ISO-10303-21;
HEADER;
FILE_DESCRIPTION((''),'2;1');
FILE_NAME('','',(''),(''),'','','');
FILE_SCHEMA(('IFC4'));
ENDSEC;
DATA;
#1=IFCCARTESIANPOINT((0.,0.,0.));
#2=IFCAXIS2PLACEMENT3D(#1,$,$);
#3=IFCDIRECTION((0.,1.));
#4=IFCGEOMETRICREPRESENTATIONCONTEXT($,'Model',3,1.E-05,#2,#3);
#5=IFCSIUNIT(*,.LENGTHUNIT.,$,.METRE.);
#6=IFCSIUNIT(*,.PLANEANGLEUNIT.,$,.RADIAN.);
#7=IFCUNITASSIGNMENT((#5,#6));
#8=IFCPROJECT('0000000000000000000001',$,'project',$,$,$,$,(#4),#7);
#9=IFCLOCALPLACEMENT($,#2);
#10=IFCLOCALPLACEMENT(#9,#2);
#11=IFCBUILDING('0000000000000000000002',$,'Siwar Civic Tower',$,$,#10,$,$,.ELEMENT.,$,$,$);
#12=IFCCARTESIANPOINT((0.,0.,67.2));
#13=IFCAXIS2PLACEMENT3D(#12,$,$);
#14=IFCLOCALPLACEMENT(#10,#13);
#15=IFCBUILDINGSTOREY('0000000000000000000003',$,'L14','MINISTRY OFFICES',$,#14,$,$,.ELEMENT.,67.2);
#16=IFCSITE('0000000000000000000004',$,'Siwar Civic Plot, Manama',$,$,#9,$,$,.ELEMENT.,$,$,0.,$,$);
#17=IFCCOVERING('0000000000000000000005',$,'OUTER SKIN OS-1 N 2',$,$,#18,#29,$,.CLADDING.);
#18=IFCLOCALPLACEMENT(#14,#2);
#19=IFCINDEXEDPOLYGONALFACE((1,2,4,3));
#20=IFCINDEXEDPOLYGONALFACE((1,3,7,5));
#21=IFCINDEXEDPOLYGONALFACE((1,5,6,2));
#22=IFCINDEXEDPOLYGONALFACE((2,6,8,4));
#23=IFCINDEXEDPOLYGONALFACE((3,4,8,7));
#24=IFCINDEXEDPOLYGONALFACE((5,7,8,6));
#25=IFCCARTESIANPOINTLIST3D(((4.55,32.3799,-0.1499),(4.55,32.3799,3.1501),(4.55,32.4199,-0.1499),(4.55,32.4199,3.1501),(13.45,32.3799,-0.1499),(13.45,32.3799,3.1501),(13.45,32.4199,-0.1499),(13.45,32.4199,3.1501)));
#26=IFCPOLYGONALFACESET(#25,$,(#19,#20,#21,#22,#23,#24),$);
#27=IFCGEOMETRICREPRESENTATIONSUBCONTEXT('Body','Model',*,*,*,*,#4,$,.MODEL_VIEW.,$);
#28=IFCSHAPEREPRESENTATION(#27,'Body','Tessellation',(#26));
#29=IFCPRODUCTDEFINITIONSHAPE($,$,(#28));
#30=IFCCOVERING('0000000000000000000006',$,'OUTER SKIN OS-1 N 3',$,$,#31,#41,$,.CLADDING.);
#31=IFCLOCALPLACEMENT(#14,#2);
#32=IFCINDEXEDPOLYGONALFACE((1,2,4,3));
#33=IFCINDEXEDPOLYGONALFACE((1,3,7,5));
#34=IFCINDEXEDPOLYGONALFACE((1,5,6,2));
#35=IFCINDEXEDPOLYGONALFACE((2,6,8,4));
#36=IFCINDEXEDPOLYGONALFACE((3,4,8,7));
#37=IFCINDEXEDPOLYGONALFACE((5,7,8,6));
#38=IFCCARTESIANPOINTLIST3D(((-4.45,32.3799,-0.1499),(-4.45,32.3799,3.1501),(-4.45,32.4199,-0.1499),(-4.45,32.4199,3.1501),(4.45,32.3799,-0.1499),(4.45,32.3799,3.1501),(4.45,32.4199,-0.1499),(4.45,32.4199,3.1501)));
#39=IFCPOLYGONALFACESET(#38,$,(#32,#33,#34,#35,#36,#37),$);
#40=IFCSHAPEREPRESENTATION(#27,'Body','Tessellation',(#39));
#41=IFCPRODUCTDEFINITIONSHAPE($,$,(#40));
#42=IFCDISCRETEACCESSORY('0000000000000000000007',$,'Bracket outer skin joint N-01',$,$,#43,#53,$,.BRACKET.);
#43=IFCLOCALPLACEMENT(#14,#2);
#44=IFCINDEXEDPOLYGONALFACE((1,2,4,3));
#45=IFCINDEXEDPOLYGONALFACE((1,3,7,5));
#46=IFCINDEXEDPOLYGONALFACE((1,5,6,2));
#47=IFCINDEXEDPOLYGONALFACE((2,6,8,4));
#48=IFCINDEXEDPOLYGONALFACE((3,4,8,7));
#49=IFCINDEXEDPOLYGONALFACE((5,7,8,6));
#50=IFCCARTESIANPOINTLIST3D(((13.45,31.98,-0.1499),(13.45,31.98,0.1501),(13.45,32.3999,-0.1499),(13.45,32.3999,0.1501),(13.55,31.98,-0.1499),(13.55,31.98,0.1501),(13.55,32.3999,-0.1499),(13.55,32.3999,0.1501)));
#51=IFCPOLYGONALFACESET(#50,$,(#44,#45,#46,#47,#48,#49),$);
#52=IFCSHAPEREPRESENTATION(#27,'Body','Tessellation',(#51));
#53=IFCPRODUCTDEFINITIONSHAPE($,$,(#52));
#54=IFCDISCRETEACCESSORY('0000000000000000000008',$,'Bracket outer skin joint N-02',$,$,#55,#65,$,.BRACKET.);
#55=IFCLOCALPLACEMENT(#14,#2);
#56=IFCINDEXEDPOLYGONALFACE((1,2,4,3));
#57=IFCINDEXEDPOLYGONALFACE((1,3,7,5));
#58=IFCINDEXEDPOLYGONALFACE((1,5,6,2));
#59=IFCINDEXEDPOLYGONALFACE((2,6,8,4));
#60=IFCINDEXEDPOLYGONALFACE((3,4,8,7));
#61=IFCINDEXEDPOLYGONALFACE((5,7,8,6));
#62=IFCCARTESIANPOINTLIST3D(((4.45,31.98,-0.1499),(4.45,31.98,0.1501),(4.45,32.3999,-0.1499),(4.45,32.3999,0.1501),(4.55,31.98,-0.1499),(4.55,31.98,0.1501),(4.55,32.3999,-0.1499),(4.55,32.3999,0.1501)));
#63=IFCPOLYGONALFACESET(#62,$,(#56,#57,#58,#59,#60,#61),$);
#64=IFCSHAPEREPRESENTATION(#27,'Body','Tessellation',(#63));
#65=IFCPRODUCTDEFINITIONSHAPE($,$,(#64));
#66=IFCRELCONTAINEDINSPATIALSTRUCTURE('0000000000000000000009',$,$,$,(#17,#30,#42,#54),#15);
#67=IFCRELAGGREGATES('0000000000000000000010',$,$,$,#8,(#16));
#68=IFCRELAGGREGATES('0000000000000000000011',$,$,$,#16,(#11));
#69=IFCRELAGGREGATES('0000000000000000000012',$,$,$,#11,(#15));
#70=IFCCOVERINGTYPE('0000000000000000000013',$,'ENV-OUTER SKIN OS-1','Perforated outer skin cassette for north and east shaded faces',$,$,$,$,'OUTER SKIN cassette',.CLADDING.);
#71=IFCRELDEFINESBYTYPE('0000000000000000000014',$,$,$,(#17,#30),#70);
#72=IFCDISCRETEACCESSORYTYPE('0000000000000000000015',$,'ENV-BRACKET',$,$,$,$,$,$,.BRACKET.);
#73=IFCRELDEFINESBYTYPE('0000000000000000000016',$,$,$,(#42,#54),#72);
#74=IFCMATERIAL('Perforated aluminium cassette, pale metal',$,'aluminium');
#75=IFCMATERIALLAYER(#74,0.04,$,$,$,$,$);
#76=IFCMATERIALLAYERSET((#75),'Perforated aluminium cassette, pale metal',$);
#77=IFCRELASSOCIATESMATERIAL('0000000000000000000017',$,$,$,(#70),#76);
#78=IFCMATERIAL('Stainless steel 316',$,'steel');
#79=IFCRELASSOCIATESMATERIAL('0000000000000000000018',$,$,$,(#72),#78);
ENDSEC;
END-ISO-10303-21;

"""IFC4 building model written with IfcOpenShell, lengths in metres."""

from ifc_helpers import new_model, si_unit, direction, frame, origin, origin_2d, place, context, subcontext, project, spatial, rectangle, extrude, material, layer, layer_set, type_object, element, save


model = new_model("IFC4")

# Units and contexts
model_context = context("Model", 3, precision=1e-05, world=origin(), true_north=direction((0.0, 1.0)))
body_context = subcontext(model_context, "Body", "Model", "MODEL_VIEW")
ifc_project = project(units=[si_unit("LENGTHUNIT", "METRE"), si_unit("PLANEANGLEUNIT", "RADIAN")], contexts=[model_context])

# Site, building, storey
site_placement = place(None, origin())
site = spatial("IfcSite", under=ifc_project, at=site_placement, Name="Siwar Civic Plot, Manama", CompositionType="ELEMENT", RefElevation=0.0)
building_placement = place(site_placement, origin())
building = spatial("IfcBuilding", under=site, at=building_placement, Name="Siwar Civic Tower", CompositionType="ELEMENT")
storey_placement = place(building_placement, frame((0.0, 0.0, 67.2)))
storey = spatial("IfcBuildingStorey", under=building, at=storey_placement, Name="L14", Description="MINISTRY OFFICES", CompositionType="ELEMENT", Elevation=67.2)

# Coverings
ifc_material_1 = material(Name="Perforated aluminium cassette, pale metal", Category="aluminium")
ifc_layer_1 = layer(ifc_material_1, 0.04)
ifc_layer_set_1 = layer_set([ifc_layer_1], Name="Perforated aluminium cassette, pale metal")
covering_type = type_object("IfcCoveringType", Name="ENV-OUTER SKIN OS-1", Description="Perforated outer skin cassette for north and east shaded faces", ElementType="OUTER SKIN cassette", PredefinedType="CLADDING", material=ifc_layer_set_1)
for number, where, z_axis, x_axis, name in (
    (1, (9.0, 32.3999, -0.1499), (0.0, 0.0, 1.0), (-1.0, 0.0, 0.0), "OUTER SKIN OS-1 N 2"),
    (2, (0.0, 32.3999, -0.1499), (0.0, 0.0, 1.0), (-1.0, 0.0, 0.0), "OUTER SKIN OS-1 N 3"),
):
    element("IfcCovering", number, at=place(storey_placement, frame(where, z_axis=z_axis, x_axis=x_axis)), inside=storey, type_object=covering_type, Name=name, PredefinedType="CLADDING", context=body_context, shape_type="SweptSolid", body=[
        extrude(rectangle(XDim=8.8999, YDim=0.04, at=origin_2d()), origin(), (0.0, 0.0, 1.0), 3.3),
    ])

# Discrete accessories
ifc_material_2 = material(Name="Stainless steel 316", Category="steel")
discrete_accessory_type = type_object("IfcDiscreteAccessoryType", Name="ENV-BRACKET", PredefinedType="BRACKET", material=ifc_material_2)
for number, where, z_axis, x_axis, name in (
    (3, (13.5, 32.1899, -0.1499), (0.0, 0.0, 1.0), (0.0, 1.0, 0.0), "Bracket outer skin joint N-01"),
    (4, (4.5, 32.1899, -0.1499), (0.0, 0.0, 1.0), (0.0, 1.0, 0.0), "Bracket outer skin joint N-02"),
):
    element("IfcDiscreteAccessory", number, at=place(storey_placement, frame(where, z_axis=z_axis, x_axis=x_axis)), inside=storey, type_object=discrete_accessory_type, Name=name, PredefinedType="BRACKET", context=body_context, shape_type="SweptSolid", body=[
        extrude(rectangle(XDim=0.4199, YDim=0.1001, at=origin_2d()), origin(), (0.0, 0.0, 1.0), 0.3),
    ])

save(model, "model.ifc")
